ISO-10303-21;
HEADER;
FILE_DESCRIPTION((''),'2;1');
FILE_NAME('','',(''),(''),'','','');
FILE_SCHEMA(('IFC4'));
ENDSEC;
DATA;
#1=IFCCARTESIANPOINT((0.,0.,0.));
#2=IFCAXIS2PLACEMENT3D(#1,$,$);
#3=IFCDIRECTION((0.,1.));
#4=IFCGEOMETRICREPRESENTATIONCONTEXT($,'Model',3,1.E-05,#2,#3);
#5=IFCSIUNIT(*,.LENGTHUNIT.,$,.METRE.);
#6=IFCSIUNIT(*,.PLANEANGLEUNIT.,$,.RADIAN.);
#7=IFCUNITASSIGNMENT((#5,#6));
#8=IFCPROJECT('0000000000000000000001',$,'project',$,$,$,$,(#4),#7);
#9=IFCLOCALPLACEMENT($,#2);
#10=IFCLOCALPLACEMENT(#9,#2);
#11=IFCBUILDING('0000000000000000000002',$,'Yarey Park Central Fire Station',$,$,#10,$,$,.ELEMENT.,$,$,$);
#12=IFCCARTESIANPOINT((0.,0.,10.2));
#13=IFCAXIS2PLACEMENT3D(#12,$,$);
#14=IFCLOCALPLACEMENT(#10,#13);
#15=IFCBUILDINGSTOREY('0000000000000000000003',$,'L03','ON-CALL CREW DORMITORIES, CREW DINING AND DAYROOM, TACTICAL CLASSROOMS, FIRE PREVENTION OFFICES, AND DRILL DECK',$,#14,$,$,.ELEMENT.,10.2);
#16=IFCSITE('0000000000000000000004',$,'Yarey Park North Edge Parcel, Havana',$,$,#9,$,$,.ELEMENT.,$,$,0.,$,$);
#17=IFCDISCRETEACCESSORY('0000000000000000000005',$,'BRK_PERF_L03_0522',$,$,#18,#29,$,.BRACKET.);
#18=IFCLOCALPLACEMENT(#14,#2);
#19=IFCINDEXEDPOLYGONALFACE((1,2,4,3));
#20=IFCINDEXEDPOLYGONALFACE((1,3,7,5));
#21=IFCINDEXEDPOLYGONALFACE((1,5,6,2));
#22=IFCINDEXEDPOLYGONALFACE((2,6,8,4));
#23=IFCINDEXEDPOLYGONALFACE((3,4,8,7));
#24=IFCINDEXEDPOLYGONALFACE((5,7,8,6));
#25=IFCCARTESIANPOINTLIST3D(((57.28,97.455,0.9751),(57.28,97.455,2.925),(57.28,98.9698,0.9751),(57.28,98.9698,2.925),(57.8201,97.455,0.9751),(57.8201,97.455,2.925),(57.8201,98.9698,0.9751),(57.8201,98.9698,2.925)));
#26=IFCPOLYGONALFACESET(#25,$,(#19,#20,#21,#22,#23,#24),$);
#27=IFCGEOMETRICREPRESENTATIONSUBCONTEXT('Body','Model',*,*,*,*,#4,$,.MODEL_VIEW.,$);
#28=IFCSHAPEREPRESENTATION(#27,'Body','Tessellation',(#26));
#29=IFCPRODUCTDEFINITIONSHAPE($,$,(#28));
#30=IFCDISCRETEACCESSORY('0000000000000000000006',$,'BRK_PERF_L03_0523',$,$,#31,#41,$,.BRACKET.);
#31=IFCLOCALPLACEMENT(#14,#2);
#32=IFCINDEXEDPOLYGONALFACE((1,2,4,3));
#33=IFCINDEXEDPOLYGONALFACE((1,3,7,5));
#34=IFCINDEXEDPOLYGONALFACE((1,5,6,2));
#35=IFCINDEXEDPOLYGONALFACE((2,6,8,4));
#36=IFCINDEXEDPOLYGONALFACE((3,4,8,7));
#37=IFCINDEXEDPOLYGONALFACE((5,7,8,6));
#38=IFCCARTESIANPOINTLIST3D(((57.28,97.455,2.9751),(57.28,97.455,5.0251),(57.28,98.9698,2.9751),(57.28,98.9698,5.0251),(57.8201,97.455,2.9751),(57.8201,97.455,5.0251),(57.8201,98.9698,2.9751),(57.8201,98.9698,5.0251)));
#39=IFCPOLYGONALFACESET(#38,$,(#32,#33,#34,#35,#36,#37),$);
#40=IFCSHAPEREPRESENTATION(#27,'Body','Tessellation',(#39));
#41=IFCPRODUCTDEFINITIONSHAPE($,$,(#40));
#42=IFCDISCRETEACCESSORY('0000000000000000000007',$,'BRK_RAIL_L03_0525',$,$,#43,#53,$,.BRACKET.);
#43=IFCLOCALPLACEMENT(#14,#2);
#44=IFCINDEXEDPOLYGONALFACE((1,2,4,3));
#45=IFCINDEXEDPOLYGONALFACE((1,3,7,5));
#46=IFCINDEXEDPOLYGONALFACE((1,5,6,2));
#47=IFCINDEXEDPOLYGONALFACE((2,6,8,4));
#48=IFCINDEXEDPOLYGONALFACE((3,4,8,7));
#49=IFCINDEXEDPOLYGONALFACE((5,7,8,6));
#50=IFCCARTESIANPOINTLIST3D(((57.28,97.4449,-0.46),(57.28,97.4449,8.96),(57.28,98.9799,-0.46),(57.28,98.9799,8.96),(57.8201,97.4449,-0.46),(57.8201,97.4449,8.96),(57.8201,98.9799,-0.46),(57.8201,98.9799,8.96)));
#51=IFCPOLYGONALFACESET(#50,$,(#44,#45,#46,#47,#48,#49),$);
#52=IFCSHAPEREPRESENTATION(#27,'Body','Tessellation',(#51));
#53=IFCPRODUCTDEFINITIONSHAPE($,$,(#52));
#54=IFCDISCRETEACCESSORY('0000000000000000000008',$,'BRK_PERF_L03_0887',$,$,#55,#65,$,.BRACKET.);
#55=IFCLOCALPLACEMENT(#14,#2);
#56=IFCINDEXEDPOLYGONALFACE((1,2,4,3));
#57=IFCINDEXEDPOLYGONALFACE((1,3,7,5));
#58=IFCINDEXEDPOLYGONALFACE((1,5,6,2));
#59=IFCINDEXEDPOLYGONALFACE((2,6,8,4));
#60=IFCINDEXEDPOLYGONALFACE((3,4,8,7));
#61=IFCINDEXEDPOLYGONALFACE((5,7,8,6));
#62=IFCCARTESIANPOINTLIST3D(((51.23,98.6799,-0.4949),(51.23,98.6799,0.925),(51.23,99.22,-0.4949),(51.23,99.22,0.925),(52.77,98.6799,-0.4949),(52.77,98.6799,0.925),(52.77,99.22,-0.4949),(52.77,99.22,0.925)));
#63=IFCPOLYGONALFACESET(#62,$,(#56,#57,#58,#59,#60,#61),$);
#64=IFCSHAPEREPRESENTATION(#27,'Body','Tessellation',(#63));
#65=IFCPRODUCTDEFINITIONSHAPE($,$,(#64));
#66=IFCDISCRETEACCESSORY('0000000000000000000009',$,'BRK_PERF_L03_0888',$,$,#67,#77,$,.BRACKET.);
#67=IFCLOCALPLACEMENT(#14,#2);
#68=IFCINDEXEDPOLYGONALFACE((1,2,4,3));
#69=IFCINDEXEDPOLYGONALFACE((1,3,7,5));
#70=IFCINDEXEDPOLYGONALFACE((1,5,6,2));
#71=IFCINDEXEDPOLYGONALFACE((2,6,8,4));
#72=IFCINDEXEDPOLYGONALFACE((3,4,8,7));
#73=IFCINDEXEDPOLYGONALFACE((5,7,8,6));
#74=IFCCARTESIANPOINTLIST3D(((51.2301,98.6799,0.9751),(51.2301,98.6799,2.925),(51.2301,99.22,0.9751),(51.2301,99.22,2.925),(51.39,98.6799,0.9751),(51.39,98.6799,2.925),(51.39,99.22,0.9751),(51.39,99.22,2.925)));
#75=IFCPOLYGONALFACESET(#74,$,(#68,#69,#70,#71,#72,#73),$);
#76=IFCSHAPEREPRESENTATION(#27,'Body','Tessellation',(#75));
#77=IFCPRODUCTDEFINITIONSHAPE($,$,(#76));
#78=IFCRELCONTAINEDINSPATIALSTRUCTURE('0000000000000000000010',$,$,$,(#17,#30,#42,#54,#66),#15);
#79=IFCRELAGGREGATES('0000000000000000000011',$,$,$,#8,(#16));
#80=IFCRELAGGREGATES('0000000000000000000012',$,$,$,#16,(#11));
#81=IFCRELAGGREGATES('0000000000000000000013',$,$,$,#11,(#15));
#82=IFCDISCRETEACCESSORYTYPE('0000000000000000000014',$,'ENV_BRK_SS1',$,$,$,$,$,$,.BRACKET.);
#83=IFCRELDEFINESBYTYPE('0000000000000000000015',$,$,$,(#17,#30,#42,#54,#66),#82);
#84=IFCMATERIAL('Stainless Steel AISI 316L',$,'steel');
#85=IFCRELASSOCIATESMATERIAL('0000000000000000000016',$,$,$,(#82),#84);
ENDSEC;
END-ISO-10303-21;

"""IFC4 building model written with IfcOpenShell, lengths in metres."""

from ifc_helpers import new_model, si_unit, direction, frame, origin, origin_2d, place, context, subcontext, project, spatial, rectangle, extrude, material, type_object, element, save


model = new_model("IFC4")

# Units and contexts
model_context = context("Model", 3, precision=1e-05, world=origin(), true_north=direction((0.0, 1.0)))
body_context = subcontext(model_context, "Body", "Model", "MODEL_VIEW")
ifc_project = project(units=[si_unit("LENGTHUNIT", "METRE"), si_unit("PLANEANGLEUNIT", "RADIAN")], contexts=[model_context])

# Site, building, storey
site_placement = place(None, origin())
site = spatial("IfcSite", under=ifc_project, at=site_placement, Name="Yarey Park North Edge Parcel, Havana", CompositionType="ELEMENT", RefElevation=0.0)
building_placement = place(site_placement, origin())
building = spatial("IfcBuilding", under=site, at=building_placement, Name="Yarey Park Central Fire Station", CompositionType="ELEMENT")
storey_placement = place(building_placement, frame((0.0, 0.0, 10.2)))
storey = spatial("IfcBuildingStorey", under=building, at=storey_placement, Name="L03", Description="ON-CALL CREW DORMITORIES, CREW DINING AND DAYROOM, TACTICAL CLASSROOMS, FIRE PREVENTION OFFICES, AND DRILL DECK", CompositionType="ELEMENT", Elevation=10.2)

# Discrete accessories
ifc_material_1 = material(Name="Stainless Steel AISI 316L", Category="steel")
discrete_accessory_type = type_object("IfcDiscreteAccessoryType", Name="ENV_BRK_SS1", PredefinedType="BRACKET", material=ifc_material_1)
discrete_accessory_1_placement = place(storey_placement, frame((57.55, 98.2124, 0.9751), z_axis=(0.0, 0.0, 1.0), x_axis=(1.0, 0.0, 0.0)))
element("IfcDiscreteAccessory", 1, at=discrete_accessory_1_placement, inside=storey, type_object=discrete_accessory_type, Name="BRK_PERF_L03_0522", PredefinedType="BRACKET", context=body_context, shape_type="SweptSolid", body=[
    extrude(rectangle(XDim=0.54, YDim=1.5149, at=origin_2d()), origin(), (0.0, 0.0, 1.0), 1.95),
])
discrete_accessory_2_placement = place(storey_placement, frame((57.55, 98.2124, 2.9751), z_axis=(0.0, 0.0, 1.0), x_axis=(1.0, 0.0, 0.0)))
element("IfcDiscreteAccessory", 2, at=discrete_accessory_2_placement, inside=storey, type_object=discrete_accessory_type, Name="BRK_PERF_L03_0523", PredefinedType="BRACKET", context=body_context, shape_type="SweptSolid", body=[
    extrude(rectangle(XDim=0.54, YDim=1.5149, at=origin_2d()), origin(), (0.0, 0.0, 1.0), 2.05),
])
discrete_accessory_3_placement = place(storey_placement, frame((57.55, 98.2124, -0.46), z_axis=(0.0, 0.0, 1.0), x_axis=(1.0, 0.0, 0.0)))
element("IfcDiscreteAccessory", 3, at=discrete_accessory_3_placement, inside=storey, type_object=discrete_accessory_type, Name="BRK_RAIL_L03_0525", PredefinedType="BRACKET", context=body_context, shape_type="SweptSolid", body=[
    extrude(rectangle(XDim=0.54, YDim=1.5349, at=origin_2d()), origin(), (0.0, 0.0, 1.0), 9.4199),
])
discrete_accessory_4_placement = place(storey_placement, frame((52.0, 98.95, -0.4949), z_axis=(0.0, 0.0, 1.0), x_axis=(1.0, 0.0, 0.0)))
element("IfcDiscreteAccessory", 4, at=discrete_accessory_4_placement, inside=storey, type_object=discrete_accessory_type, Name="BRK_PERF_L03_0887", PredefinedType="BRACKET", context=body_context, shape_type="SweptSolid", body=[
    extrude(rectangle(XDim=1.54, YDim=0.54, at=origin_2d()), origin(), (0.0, 0.0, 1.0), 1.4199),
])
discrete_accessory_5_placement = place(storey_placement, frame((51.3101, 98.95, 0.9751), z_axis=(0.0, 0.0, 1.0), x_axis=(1.0, 0.0, 0.0)))
element("IfcDiscreteAccessory", 5, at=discrete_accessory_5_placement, inside=storey, type_object=discrete_accessory_type, Name="BRK_PERF_L03_0888", PredefinedType="BRACKET", context=body_context, shape_type="SweptSolid", body=[
    extrude(rectangle(XDim=0.1599, YDim=0.54, at=origin_2d()), origin(), (0.0, 0.0, 1.0), 1.95),
])

save(model, "model.ifc")
